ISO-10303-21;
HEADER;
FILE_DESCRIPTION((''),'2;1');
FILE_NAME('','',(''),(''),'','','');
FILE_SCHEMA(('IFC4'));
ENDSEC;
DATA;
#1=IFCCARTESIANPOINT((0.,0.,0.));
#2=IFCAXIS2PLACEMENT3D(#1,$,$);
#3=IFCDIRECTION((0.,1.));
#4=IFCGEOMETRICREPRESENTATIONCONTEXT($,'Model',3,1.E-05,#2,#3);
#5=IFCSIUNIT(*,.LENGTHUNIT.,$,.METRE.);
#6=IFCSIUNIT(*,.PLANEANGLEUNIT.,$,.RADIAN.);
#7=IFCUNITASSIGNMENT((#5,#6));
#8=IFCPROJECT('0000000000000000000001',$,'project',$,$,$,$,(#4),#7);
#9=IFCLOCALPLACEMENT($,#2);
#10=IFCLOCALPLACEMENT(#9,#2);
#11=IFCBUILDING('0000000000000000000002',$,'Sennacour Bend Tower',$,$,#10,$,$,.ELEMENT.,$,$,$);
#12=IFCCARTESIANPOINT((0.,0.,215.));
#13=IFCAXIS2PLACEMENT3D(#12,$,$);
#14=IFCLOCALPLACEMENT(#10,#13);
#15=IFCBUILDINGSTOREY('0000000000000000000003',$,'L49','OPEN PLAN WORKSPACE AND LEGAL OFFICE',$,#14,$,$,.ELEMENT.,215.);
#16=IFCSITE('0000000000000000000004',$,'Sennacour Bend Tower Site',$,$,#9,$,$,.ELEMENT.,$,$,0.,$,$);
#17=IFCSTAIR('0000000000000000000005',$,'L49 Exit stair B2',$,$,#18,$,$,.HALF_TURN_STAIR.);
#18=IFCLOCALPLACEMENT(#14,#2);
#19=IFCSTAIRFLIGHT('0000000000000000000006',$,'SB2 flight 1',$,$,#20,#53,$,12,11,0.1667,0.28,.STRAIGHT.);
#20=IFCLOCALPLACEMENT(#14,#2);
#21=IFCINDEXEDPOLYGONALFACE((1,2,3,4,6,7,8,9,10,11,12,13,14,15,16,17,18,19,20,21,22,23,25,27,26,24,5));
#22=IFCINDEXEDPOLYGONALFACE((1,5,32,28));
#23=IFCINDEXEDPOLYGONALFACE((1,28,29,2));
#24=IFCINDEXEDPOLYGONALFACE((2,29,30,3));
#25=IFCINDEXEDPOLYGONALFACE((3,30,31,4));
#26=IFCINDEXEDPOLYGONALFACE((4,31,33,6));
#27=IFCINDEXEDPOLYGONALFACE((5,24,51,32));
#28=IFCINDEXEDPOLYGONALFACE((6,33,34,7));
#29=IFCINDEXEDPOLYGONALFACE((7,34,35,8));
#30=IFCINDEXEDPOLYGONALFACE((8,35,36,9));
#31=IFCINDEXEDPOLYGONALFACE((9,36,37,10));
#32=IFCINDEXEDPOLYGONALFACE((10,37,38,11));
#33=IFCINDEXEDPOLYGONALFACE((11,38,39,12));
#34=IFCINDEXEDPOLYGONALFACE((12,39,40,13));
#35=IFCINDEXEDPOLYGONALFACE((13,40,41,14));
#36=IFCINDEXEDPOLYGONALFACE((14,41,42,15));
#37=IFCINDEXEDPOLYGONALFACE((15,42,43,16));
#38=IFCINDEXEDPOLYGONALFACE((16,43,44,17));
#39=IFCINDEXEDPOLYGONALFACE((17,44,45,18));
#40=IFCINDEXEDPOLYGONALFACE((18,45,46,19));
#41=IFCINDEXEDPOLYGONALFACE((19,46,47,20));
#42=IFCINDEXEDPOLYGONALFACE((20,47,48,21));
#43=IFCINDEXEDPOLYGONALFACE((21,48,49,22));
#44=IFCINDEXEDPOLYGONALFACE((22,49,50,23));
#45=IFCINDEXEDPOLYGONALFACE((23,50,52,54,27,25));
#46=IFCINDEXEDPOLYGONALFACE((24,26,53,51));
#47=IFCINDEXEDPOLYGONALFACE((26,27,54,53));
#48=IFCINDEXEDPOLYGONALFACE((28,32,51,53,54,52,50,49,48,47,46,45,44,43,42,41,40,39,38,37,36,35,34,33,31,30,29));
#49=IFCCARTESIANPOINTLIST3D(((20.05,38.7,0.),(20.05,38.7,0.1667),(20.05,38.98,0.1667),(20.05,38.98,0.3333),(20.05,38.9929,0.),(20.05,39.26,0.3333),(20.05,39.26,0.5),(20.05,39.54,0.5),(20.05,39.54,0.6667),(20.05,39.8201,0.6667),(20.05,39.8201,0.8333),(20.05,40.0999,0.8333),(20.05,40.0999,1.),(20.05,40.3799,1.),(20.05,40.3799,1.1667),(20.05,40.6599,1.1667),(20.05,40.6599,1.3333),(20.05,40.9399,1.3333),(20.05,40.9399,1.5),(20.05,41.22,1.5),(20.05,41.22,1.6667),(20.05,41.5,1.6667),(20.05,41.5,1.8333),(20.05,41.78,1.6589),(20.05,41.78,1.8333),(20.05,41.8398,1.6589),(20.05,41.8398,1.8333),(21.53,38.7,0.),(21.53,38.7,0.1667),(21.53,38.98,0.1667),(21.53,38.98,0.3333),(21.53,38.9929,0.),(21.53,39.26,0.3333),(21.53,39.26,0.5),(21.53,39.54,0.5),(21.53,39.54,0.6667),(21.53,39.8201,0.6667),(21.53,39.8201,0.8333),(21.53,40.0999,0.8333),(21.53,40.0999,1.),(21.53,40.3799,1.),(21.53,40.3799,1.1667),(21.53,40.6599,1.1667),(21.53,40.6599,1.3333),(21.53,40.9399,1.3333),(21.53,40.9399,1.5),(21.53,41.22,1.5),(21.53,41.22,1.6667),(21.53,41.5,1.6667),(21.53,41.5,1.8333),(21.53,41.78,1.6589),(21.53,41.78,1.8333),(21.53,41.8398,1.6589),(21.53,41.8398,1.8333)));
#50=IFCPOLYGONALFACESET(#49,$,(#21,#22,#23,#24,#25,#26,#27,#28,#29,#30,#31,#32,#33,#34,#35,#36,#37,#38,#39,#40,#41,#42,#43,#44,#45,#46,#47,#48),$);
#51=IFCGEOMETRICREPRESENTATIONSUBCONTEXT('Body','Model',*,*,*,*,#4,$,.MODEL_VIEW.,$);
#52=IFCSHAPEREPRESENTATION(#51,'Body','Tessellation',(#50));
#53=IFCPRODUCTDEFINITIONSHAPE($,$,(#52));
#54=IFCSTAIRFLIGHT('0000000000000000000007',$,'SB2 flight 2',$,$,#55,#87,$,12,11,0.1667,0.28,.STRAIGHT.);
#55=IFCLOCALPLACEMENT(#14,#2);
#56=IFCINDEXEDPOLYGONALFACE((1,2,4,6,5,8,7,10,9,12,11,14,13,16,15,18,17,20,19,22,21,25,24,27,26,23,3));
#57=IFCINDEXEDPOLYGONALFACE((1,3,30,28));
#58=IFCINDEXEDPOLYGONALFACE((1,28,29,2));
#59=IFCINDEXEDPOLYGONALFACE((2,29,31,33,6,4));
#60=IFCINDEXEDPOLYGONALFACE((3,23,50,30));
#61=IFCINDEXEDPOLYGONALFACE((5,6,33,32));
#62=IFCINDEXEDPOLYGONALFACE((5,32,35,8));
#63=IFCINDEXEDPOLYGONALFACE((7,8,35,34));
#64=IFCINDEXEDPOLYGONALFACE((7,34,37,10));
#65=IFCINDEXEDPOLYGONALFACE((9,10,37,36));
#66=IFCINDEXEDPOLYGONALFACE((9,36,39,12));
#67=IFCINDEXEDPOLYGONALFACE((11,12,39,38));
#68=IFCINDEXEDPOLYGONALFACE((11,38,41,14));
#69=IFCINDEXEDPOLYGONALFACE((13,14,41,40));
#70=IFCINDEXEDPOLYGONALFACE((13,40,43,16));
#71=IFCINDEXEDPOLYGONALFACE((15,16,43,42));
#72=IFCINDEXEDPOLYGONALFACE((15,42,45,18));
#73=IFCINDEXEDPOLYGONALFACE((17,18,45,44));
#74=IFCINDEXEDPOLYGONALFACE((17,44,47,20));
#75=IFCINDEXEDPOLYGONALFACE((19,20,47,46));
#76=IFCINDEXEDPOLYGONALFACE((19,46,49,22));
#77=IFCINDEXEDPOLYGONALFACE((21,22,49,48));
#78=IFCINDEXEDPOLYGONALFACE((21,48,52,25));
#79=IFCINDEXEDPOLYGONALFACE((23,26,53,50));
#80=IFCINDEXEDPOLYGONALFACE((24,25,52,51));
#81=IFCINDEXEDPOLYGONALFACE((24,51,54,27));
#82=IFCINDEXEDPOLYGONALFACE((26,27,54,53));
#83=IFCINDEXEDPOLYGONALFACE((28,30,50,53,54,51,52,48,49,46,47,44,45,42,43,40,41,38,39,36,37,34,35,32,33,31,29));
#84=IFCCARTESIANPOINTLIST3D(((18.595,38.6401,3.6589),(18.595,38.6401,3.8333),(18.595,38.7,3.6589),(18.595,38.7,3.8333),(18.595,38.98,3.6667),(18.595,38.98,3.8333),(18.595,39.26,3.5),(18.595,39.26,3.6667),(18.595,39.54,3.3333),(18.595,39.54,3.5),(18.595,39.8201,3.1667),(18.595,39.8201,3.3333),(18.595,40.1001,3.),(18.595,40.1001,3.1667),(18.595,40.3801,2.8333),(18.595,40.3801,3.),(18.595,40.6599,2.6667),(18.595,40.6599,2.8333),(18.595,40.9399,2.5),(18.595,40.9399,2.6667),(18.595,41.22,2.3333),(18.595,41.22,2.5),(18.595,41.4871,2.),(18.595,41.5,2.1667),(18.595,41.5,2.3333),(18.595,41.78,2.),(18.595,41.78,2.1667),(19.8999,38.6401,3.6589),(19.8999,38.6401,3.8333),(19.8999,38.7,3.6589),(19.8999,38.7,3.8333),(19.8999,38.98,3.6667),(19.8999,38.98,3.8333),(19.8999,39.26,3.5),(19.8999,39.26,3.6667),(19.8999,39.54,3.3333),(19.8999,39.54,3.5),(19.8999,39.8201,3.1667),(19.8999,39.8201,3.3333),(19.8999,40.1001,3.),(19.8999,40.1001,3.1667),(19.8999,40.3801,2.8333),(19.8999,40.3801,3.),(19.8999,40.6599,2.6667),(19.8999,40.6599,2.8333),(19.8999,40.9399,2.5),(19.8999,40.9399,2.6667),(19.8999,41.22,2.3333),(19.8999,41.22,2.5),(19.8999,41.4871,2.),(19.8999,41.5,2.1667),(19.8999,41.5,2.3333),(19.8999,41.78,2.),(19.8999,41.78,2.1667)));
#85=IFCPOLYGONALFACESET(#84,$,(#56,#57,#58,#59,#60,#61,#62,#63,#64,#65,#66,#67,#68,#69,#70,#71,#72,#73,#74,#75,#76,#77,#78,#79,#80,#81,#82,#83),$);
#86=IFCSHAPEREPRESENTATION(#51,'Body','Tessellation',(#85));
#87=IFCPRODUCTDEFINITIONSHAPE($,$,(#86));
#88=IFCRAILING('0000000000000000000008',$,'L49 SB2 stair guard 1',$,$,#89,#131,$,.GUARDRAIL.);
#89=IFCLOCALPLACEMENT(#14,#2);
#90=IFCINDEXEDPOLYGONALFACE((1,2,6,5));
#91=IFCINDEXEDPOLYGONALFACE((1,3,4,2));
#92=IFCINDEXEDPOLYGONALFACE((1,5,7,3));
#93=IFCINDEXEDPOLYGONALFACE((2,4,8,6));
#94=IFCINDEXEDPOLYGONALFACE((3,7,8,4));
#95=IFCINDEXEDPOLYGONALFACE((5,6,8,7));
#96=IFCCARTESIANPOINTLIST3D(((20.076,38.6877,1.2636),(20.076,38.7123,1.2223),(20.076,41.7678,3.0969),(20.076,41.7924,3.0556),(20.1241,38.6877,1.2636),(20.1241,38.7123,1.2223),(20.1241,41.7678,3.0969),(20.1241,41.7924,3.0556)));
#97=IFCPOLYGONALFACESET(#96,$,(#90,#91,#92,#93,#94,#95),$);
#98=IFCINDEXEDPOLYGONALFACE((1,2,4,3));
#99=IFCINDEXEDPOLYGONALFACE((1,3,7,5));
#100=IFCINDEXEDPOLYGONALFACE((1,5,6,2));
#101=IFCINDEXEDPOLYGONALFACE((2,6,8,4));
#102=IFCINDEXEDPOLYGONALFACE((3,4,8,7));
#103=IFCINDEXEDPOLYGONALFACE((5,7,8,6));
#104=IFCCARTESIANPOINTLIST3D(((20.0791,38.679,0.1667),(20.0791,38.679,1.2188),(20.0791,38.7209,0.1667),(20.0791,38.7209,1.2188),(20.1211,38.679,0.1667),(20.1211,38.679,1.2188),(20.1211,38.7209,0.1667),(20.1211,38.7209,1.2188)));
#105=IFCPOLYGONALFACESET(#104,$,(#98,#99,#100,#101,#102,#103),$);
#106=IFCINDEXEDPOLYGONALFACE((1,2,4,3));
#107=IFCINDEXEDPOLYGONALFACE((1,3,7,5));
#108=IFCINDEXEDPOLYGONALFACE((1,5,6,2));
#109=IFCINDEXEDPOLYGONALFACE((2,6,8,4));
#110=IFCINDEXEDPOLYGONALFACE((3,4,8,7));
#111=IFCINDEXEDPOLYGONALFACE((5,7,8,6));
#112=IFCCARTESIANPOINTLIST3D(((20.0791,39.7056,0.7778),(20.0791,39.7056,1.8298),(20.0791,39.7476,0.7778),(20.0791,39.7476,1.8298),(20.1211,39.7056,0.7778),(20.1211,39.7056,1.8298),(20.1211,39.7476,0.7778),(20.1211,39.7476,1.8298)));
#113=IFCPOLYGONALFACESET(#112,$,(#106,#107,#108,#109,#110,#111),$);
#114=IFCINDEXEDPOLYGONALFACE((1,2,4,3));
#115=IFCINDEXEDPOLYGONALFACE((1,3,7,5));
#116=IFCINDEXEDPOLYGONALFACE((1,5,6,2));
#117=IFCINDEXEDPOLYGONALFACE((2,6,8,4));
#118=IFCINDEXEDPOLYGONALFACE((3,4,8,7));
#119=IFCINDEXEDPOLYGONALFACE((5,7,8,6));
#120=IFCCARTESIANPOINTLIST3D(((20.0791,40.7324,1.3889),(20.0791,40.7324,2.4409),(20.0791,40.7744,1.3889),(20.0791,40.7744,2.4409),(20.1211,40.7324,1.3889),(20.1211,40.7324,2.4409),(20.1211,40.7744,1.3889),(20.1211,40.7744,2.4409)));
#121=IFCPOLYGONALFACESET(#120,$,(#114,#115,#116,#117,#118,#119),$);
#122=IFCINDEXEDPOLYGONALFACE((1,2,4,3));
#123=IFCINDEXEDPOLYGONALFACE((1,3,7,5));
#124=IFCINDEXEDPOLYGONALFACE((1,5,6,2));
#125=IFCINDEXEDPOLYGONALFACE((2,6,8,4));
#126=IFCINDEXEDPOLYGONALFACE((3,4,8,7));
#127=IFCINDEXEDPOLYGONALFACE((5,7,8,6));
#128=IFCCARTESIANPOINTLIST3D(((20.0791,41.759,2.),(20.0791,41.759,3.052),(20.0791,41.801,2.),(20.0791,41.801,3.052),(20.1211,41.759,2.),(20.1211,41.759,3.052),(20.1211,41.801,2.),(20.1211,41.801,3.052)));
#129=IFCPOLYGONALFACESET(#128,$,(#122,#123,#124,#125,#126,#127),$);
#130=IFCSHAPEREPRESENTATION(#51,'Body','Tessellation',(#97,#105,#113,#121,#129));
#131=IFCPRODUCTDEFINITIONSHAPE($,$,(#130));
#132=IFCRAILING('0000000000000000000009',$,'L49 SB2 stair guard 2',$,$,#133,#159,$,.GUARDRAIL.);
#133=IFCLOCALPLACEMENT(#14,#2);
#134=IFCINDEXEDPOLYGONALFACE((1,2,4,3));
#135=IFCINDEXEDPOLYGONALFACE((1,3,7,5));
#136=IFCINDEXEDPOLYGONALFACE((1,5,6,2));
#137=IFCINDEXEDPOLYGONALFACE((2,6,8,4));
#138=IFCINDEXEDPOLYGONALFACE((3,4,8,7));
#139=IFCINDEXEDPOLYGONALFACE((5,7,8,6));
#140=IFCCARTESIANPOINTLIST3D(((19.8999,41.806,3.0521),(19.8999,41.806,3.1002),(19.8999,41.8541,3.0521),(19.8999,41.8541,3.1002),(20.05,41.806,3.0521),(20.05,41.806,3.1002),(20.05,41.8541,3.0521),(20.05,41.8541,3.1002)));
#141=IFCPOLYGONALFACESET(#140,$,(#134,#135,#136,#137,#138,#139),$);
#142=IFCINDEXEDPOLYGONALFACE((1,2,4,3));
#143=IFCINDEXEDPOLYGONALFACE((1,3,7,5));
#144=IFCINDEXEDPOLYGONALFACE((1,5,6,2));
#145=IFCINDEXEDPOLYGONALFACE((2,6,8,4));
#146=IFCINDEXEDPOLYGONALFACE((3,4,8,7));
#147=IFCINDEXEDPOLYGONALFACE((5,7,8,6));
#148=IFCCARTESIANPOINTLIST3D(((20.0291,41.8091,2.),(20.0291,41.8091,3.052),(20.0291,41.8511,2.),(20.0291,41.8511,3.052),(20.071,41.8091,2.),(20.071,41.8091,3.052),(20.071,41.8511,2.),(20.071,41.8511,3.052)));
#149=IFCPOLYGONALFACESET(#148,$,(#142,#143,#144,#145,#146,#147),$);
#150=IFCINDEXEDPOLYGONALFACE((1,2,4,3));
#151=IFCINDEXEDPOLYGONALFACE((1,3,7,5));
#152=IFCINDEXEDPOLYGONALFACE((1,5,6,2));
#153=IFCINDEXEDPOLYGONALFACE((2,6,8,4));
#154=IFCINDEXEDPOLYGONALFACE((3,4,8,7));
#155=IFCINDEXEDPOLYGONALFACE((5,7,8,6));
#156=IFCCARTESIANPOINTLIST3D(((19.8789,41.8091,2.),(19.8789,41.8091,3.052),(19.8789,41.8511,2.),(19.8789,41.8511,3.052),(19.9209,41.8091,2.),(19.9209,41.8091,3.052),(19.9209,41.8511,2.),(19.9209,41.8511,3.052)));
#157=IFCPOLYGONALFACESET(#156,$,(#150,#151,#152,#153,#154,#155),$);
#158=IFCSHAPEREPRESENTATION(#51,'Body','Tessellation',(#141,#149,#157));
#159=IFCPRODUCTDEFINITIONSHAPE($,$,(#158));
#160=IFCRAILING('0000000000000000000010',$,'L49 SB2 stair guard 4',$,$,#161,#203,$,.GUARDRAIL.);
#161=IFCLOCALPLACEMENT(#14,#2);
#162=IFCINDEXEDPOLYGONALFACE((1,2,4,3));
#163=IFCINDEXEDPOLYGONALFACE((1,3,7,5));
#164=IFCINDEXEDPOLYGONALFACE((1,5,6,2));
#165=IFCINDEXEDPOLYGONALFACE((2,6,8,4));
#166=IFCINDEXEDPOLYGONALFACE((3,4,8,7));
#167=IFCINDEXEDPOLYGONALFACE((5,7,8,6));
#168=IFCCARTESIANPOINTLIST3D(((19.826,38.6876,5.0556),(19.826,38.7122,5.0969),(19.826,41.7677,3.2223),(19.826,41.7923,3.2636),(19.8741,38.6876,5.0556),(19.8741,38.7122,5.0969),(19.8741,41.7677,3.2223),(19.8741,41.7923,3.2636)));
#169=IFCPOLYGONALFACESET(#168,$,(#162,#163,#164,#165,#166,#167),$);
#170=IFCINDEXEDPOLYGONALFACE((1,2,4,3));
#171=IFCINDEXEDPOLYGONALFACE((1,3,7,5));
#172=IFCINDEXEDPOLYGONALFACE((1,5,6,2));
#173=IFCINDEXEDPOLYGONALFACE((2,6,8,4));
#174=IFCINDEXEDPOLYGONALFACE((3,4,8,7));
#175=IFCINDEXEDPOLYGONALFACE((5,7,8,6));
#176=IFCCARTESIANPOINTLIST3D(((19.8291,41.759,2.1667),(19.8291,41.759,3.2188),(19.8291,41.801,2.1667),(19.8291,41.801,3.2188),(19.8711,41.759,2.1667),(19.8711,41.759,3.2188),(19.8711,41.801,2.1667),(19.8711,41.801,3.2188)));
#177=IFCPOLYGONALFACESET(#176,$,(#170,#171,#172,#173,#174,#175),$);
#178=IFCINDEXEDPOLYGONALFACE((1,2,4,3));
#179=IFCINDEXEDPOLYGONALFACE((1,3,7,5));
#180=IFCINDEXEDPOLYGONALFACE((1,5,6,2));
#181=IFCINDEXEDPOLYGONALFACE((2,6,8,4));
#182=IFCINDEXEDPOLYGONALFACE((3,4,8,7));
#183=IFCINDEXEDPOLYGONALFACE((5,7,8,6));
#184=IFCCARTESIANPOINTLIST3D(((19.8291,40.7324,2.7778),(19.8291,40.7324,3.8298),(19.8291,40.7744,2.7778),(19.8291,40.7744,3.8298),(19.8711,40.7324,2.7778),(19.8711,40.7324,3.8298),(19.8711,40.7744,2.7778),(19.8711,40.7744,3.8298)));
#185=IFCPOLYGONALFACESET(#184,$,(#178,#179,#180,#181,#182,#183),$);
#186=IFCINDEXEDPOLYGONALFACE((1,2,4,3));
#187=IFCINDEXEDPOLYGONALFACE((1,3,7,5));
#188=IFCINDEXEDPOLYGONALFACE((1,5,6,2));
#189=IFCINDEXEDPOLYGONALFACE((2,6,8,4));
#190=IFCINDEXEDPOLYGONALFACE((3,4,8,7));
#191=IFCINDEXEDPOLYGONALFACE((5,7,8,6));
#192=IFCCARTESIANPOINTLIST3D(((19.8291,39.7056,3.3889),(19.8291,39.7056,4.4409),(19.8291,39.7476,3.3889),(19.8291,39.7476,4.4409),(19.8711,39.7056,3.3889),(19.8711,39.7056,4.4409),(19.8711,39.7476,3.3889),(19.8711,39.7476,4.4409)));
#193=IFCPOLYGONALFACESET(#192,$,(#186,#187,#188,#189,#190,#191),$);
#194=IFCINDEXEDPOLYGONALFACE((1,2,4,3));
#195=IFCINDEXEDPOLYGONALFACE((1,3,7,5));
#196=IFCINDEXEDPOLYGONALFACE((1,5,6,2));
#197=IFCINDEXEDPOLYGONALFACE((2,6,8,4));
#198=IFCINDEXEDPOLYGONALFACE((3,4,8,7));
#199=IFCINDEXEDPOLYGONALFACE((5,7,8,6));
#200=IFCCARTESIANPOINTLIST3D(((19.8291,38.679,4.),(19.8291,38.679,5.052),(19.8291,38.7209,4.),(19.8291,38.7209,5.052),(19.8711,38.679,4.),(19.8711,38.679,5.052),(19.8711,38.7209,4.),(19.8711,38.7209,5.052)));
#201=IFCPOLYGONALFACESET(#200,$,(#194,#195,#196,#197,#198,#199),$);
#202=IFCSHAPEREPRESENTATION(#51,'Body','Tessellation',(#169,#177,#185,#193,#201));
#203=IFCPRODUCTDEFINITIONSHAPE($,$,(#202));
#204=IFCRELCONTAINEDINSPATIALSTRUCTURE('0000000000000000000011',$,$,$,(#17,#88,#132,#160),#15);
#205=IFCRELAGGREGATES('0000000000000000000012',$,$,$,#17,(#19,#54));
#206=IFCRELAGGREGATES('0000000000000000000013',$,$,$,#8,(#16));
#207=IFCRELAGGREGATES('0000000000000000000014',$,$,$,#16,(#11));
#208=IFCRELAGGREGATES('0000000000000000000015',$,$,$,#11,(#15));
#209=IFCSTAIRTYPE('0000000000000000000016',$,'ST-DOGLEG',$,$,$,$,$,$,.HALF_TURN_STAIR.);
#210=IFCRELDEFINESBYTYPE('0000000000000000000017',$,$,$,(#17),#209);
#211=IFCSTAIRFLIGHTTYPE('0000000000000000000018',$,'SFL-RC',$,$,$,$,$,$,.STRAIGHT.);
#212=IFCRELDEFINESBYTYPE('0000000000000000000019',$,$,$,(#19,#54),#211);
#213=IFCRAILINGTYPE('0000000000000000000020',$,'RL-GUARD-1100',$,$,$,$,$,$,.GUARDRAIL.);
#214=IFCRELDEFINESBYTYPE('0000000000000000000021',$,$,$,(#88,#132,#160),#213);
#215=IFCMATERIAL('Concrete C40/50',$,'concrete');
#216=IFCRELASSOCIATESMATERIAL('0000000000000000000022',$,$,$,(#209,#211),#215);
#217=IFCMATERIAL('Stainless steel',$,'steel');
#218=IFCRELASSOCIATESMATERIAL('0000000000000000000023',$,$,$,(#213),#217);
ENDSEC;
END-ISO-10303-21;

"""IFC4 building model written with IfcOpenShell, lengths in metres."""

from ifc_helpers import new_model, si_unit, direction, frame, origin, origin_2d, place, context, subcontext, project, spatial, polyline, rectangle, outline, extrude, material, type_object, element, aggregate, save


model = new_model("IFC4")

# Units and contexts
model_context = context("Model", 3, precision=1e-05, world=origin(), true_north=direction((0.0, 1.0)))
body_context = subcontext(model_context, "Body", "Model", "MODEL_VIEW")
ifc_project = project(units=[si_unit("LENGTHUNIT", "METRE"), si_unit("PLANEANGLEUNIT", "RADIAN")], contexts=[model_context])

# Site, building, storey
site_placement = place(None, origin())
site = spatial("IfcSite", under=ifc_project, at=site_placement, Name="Sennacour Bend Tower Site", CompositionType="ELEMENT", RefElevation=0.0)
building_placement = place(site_placement, origin())
building = spatial("IfcBuilding", under=site, at=building_placement, Name="Sennacour Bend Tower", CompositionType="ELEMENT")
storey_placement = place(building_placement, frame((0.0, 0.0, 215.0)))
storey = spatial("IfcBuildingStorey", under=building, at=storey_placement, Name="L49", Description="OPEN PLAN WORKSPACE AND LEGAL OFFICE", CompositionType="ELEMENT", Elevation=215.0)

# Shared definitions
ifc_material_1 = material(Name="Stainless steel", Category="steel")

# Stair, stair flights
ifc_material_2 = material(Name="Concrete C40/50", Category="concrete")
stair_type = type_object("IfcStairType", Name="ST-DOGLEG", PredefinedType="HALF_TURN_STAIR", material=ifc_material_2)
stair_placement = place(storey_placement, origin())
stair = element("IfcStair", 1, at=stair_placement, inside=storey, type_object=stair_type, Name="L49 Exit stair B2", PredefinedType="HALF_TURN_STAIR")
stair_flight_type = type_object("IfcStairFlightType", Name="SFL-RC", PredefinedType="STRAIGHT", material=ifc_material_2)
stair_flight_1_placement = place(storey_placement, frame((20.79, 38.7, 0.0), z_axis=(0.0, 0.0, 1.0), x_axis=(0.0, 1.0, 0.0)))
stair_flight_1 = element("IfcStairFlight", 2, at=stair_flight_1_placement, type_object=stair_flight_type, Name="SB2 flight 1", NumberOfRisers=12, NumberOfTreads=11, PredefinedType="STRAIGHT", RiserHeight=0.1667, TreadLength=0.28, context=body_context, shape_type="SweptSolid", body=[
    extrude(outline(polyline([(0.0, 0.0), (0.0, 0.1667), (0.28, 0.1667), (0.28, 0.3333), (0.5601, 0.3333), (0.5601, 0.5), (0.8401, 0.5), (0.8401, 0.6667), (1.1201, 0.6667), (1.1201, 0.8333), (1.3999, 0.8333), (1.3999, 1.0), (1.6799, 1.0), (1.6799, 1.1667), (1.96, 1.1667), (1.96, 1.3333), (2.24, 1.3333), (2.24, 1.5), (2.52, 1.5), (2.52, 1.6667), (2.8, 1.6667), (2.8, 1.8333), (3.0801, 1.8333), (3.1399, 1.8333), (3.1399, 1.6589), (3.0801, 1.6589), (0.293, 0.0), (0.0, 0.0)])), frame((0.0, 0.74, 0.0), z_axis=(0.0, -1.0, 0.0), x_axis=(1.0, 0.0, 0.0)), (0.0, 0.0, 1.0), 1.48),
])
stair_flight_2_placement = place(storey_placement, frame((19.2476, 41.78, 2.0), z_axis=(0.0, 0.0, 1.0), x_axis=(0.0, -1.0, 0.0)))
stair_flight_2 = element("IfcStairFlight", 3, at=stair_flight_2_placement, type_object=stair_flight_type, Name="SB2 flight 2", NumberOfRisers=12, NumberOfTreads=11, PredefinedType="STRAIGHT", RiserHeight=0.1667, TreadLength=0.28, context=body_context, shape_type="SweptSolid", body=[
    extrude(outline(polyline([(0.0, 0.0), (0.0, 0.1667), (0.28, 0.1667), (0.28, 0.3333), (0.5601, 0.3333), (0.5601, 0.5), (0.8401, 0.5), (0.8401, 0.6667), (1.1201, 0.6667), (1.1201, 0.8333), (1.3999, 0.8333), (1.3999, 1.0), (1.6799, 1.0), (1.6799, 1.1667), (1.96, 1.1667), (1.96, 1.3333), (2.24, 1.3333), (2.24, 1.5), (2.52, 1.5), (2.52, 1.6667), (2.8, 1.6667), (2.8, 1.8333), (3.0801, 1.8333), (3.1399, 1.8333), (3.1399, 1.6589), (3.0801, 1.6589), (0.293, 0.0), (0.0, 0.0)])), frame((0.0, 0.6523, 0.0), z_axis=(0.0, -1.0, 0.0), x_axis=(1.0, 0.0, 0.0)), (0.0, 0.0, 1.0), 1.3049),
])
aggregate(stair, [stair_flight_1, stair_flight_2])

# Railings
railing_type_1 = type_object("IfcRailingType", Name="RL-GUARD-1100", PredefinedType="GUARDRAIL", material=ifc_material_1)
railing_1_placement = place(storey_placement, frame((20.1001, 38.7, 0.1667)))
element("IfcRailing", 4, at=railing_1_placement, inside=storey, type_object=railing_type_1, Name="L49 SB2 stair guard 1", PredefinedType="GUARDRAIL", context=body_context, shape_type="SweptSolid", body=[
    extrude(rectangle(XDim=0.0481, YDim=0.0481, at=origin_2d()), frame((0.0, 0.0, 1.0762), z_axis=(0.0, 0.859309, 0.511458), x_axis=(-1.0, 0.0, 0.0)), (0.0, 0.0, 1.0), 3.5845),
    extrude(rectangle(XDim=0.042, YDim=0.042, at=origin_2d()), origin(), (0.0, 0.0, 1.0), 1.052),
    extrude(rectangle(XDim=0.042, YDim=0.042, at=origin_2d()), frame((0.0, 1.0266, 0.6111)), (0.0, 0.0, 1.0), 1.052),
    extrude(rectangle(XDim=0.042, YDim=0.042, at=origin_2d()), frame((0.0, 2.0535, 1.2222)), (0.0, 0.0, 1.0), 1.052),
    extrude(rectangle(XDim=0.042, YDim=0.042, at=origin_2d()), frame((0.0, 3.0801, 1.8333)), (0.0, 0.0, 1.0), 1.052),
])
railing_2_placement = place(storey_placement, frame((20.05, 41.8301, 2.0)))
element("IfcRailing", 5, at=railing_2_placement, inside=storey, type_object=railing_type_1, Name="L49 SB2 stair guard 2", PredefinedType="GUARDRAIL", context=body_context, shape_type="SweptSolid", body=[
    extrude(rectangle(XDim=0.0481, YDim=0.0481, at=origin_2d()), frame((0.0, 0.0, 1.0762), z_axis=(-1.0, 0.0, 0.0), x_axis=(0.0, -1.0, 0.0)), (0.0, 0.0, 1.0), 0.1501),
    extrude(rectangle(XDim=0.042, YDim=0.042, at=origin_2d()), origin(), (0.0, 0.0, 1.0), 1.052),
    extrude(rectangle(XDim=0.042, YDim=0.042, at=origin_2d()), frame((-0.1501, 0.0, 0.0)), (0.0, 0.0, 1.0), 1.052),
])
railing_3_placement = place(storey_placement, frame((19.8501, 41.78, 2.1667)))
element("IfcRailing", 6, at=railing_3_placement, inside=storey, type_object=railing_type_1, Name="L49 SB2 stair guard 4", PredefinedType="GUARDRAIL", context=body_context, shape_type="SweptSolid", body=[
    extrude(rectangle(XDim=0.0481, YDim=0.0481, at=origin_2d()), frame((0.0, 0.0, 1.0762), z_axis=(0.0, -0.859309, 0.511458), x_axis=(1.0, 0.0, 0.0)), (0.0, 0.0, 1.0), 3.5845),
    extrude(rectangle(XDim=0.042, YDim=0.042, at=origin_2d()), origin(), (0.0, 0.0, 1.0), 1.052),
    extrude(rectangle(XDim=0.042, YDim=0.042, at=origin_2d()), frame((0.0, -1.0266, 0.6111)), (0.0, 0.0, 1.0), 1.052),
    extrude(rectangle(XDim=0.042, YDim=0.042, at=origin_2d()), frame((0.0, -2.0535, 1.2222)), (0.0, 0.0, 1.0), 1.052),
    extrude(rectangle(XDim=0.042, YDim=0.042, at=origin_2d()), frame((0.0, -3.0801, 1.8333)), (0.0, 0.0, 1.0), 1.052),
])

save(model, "model.ifc")
